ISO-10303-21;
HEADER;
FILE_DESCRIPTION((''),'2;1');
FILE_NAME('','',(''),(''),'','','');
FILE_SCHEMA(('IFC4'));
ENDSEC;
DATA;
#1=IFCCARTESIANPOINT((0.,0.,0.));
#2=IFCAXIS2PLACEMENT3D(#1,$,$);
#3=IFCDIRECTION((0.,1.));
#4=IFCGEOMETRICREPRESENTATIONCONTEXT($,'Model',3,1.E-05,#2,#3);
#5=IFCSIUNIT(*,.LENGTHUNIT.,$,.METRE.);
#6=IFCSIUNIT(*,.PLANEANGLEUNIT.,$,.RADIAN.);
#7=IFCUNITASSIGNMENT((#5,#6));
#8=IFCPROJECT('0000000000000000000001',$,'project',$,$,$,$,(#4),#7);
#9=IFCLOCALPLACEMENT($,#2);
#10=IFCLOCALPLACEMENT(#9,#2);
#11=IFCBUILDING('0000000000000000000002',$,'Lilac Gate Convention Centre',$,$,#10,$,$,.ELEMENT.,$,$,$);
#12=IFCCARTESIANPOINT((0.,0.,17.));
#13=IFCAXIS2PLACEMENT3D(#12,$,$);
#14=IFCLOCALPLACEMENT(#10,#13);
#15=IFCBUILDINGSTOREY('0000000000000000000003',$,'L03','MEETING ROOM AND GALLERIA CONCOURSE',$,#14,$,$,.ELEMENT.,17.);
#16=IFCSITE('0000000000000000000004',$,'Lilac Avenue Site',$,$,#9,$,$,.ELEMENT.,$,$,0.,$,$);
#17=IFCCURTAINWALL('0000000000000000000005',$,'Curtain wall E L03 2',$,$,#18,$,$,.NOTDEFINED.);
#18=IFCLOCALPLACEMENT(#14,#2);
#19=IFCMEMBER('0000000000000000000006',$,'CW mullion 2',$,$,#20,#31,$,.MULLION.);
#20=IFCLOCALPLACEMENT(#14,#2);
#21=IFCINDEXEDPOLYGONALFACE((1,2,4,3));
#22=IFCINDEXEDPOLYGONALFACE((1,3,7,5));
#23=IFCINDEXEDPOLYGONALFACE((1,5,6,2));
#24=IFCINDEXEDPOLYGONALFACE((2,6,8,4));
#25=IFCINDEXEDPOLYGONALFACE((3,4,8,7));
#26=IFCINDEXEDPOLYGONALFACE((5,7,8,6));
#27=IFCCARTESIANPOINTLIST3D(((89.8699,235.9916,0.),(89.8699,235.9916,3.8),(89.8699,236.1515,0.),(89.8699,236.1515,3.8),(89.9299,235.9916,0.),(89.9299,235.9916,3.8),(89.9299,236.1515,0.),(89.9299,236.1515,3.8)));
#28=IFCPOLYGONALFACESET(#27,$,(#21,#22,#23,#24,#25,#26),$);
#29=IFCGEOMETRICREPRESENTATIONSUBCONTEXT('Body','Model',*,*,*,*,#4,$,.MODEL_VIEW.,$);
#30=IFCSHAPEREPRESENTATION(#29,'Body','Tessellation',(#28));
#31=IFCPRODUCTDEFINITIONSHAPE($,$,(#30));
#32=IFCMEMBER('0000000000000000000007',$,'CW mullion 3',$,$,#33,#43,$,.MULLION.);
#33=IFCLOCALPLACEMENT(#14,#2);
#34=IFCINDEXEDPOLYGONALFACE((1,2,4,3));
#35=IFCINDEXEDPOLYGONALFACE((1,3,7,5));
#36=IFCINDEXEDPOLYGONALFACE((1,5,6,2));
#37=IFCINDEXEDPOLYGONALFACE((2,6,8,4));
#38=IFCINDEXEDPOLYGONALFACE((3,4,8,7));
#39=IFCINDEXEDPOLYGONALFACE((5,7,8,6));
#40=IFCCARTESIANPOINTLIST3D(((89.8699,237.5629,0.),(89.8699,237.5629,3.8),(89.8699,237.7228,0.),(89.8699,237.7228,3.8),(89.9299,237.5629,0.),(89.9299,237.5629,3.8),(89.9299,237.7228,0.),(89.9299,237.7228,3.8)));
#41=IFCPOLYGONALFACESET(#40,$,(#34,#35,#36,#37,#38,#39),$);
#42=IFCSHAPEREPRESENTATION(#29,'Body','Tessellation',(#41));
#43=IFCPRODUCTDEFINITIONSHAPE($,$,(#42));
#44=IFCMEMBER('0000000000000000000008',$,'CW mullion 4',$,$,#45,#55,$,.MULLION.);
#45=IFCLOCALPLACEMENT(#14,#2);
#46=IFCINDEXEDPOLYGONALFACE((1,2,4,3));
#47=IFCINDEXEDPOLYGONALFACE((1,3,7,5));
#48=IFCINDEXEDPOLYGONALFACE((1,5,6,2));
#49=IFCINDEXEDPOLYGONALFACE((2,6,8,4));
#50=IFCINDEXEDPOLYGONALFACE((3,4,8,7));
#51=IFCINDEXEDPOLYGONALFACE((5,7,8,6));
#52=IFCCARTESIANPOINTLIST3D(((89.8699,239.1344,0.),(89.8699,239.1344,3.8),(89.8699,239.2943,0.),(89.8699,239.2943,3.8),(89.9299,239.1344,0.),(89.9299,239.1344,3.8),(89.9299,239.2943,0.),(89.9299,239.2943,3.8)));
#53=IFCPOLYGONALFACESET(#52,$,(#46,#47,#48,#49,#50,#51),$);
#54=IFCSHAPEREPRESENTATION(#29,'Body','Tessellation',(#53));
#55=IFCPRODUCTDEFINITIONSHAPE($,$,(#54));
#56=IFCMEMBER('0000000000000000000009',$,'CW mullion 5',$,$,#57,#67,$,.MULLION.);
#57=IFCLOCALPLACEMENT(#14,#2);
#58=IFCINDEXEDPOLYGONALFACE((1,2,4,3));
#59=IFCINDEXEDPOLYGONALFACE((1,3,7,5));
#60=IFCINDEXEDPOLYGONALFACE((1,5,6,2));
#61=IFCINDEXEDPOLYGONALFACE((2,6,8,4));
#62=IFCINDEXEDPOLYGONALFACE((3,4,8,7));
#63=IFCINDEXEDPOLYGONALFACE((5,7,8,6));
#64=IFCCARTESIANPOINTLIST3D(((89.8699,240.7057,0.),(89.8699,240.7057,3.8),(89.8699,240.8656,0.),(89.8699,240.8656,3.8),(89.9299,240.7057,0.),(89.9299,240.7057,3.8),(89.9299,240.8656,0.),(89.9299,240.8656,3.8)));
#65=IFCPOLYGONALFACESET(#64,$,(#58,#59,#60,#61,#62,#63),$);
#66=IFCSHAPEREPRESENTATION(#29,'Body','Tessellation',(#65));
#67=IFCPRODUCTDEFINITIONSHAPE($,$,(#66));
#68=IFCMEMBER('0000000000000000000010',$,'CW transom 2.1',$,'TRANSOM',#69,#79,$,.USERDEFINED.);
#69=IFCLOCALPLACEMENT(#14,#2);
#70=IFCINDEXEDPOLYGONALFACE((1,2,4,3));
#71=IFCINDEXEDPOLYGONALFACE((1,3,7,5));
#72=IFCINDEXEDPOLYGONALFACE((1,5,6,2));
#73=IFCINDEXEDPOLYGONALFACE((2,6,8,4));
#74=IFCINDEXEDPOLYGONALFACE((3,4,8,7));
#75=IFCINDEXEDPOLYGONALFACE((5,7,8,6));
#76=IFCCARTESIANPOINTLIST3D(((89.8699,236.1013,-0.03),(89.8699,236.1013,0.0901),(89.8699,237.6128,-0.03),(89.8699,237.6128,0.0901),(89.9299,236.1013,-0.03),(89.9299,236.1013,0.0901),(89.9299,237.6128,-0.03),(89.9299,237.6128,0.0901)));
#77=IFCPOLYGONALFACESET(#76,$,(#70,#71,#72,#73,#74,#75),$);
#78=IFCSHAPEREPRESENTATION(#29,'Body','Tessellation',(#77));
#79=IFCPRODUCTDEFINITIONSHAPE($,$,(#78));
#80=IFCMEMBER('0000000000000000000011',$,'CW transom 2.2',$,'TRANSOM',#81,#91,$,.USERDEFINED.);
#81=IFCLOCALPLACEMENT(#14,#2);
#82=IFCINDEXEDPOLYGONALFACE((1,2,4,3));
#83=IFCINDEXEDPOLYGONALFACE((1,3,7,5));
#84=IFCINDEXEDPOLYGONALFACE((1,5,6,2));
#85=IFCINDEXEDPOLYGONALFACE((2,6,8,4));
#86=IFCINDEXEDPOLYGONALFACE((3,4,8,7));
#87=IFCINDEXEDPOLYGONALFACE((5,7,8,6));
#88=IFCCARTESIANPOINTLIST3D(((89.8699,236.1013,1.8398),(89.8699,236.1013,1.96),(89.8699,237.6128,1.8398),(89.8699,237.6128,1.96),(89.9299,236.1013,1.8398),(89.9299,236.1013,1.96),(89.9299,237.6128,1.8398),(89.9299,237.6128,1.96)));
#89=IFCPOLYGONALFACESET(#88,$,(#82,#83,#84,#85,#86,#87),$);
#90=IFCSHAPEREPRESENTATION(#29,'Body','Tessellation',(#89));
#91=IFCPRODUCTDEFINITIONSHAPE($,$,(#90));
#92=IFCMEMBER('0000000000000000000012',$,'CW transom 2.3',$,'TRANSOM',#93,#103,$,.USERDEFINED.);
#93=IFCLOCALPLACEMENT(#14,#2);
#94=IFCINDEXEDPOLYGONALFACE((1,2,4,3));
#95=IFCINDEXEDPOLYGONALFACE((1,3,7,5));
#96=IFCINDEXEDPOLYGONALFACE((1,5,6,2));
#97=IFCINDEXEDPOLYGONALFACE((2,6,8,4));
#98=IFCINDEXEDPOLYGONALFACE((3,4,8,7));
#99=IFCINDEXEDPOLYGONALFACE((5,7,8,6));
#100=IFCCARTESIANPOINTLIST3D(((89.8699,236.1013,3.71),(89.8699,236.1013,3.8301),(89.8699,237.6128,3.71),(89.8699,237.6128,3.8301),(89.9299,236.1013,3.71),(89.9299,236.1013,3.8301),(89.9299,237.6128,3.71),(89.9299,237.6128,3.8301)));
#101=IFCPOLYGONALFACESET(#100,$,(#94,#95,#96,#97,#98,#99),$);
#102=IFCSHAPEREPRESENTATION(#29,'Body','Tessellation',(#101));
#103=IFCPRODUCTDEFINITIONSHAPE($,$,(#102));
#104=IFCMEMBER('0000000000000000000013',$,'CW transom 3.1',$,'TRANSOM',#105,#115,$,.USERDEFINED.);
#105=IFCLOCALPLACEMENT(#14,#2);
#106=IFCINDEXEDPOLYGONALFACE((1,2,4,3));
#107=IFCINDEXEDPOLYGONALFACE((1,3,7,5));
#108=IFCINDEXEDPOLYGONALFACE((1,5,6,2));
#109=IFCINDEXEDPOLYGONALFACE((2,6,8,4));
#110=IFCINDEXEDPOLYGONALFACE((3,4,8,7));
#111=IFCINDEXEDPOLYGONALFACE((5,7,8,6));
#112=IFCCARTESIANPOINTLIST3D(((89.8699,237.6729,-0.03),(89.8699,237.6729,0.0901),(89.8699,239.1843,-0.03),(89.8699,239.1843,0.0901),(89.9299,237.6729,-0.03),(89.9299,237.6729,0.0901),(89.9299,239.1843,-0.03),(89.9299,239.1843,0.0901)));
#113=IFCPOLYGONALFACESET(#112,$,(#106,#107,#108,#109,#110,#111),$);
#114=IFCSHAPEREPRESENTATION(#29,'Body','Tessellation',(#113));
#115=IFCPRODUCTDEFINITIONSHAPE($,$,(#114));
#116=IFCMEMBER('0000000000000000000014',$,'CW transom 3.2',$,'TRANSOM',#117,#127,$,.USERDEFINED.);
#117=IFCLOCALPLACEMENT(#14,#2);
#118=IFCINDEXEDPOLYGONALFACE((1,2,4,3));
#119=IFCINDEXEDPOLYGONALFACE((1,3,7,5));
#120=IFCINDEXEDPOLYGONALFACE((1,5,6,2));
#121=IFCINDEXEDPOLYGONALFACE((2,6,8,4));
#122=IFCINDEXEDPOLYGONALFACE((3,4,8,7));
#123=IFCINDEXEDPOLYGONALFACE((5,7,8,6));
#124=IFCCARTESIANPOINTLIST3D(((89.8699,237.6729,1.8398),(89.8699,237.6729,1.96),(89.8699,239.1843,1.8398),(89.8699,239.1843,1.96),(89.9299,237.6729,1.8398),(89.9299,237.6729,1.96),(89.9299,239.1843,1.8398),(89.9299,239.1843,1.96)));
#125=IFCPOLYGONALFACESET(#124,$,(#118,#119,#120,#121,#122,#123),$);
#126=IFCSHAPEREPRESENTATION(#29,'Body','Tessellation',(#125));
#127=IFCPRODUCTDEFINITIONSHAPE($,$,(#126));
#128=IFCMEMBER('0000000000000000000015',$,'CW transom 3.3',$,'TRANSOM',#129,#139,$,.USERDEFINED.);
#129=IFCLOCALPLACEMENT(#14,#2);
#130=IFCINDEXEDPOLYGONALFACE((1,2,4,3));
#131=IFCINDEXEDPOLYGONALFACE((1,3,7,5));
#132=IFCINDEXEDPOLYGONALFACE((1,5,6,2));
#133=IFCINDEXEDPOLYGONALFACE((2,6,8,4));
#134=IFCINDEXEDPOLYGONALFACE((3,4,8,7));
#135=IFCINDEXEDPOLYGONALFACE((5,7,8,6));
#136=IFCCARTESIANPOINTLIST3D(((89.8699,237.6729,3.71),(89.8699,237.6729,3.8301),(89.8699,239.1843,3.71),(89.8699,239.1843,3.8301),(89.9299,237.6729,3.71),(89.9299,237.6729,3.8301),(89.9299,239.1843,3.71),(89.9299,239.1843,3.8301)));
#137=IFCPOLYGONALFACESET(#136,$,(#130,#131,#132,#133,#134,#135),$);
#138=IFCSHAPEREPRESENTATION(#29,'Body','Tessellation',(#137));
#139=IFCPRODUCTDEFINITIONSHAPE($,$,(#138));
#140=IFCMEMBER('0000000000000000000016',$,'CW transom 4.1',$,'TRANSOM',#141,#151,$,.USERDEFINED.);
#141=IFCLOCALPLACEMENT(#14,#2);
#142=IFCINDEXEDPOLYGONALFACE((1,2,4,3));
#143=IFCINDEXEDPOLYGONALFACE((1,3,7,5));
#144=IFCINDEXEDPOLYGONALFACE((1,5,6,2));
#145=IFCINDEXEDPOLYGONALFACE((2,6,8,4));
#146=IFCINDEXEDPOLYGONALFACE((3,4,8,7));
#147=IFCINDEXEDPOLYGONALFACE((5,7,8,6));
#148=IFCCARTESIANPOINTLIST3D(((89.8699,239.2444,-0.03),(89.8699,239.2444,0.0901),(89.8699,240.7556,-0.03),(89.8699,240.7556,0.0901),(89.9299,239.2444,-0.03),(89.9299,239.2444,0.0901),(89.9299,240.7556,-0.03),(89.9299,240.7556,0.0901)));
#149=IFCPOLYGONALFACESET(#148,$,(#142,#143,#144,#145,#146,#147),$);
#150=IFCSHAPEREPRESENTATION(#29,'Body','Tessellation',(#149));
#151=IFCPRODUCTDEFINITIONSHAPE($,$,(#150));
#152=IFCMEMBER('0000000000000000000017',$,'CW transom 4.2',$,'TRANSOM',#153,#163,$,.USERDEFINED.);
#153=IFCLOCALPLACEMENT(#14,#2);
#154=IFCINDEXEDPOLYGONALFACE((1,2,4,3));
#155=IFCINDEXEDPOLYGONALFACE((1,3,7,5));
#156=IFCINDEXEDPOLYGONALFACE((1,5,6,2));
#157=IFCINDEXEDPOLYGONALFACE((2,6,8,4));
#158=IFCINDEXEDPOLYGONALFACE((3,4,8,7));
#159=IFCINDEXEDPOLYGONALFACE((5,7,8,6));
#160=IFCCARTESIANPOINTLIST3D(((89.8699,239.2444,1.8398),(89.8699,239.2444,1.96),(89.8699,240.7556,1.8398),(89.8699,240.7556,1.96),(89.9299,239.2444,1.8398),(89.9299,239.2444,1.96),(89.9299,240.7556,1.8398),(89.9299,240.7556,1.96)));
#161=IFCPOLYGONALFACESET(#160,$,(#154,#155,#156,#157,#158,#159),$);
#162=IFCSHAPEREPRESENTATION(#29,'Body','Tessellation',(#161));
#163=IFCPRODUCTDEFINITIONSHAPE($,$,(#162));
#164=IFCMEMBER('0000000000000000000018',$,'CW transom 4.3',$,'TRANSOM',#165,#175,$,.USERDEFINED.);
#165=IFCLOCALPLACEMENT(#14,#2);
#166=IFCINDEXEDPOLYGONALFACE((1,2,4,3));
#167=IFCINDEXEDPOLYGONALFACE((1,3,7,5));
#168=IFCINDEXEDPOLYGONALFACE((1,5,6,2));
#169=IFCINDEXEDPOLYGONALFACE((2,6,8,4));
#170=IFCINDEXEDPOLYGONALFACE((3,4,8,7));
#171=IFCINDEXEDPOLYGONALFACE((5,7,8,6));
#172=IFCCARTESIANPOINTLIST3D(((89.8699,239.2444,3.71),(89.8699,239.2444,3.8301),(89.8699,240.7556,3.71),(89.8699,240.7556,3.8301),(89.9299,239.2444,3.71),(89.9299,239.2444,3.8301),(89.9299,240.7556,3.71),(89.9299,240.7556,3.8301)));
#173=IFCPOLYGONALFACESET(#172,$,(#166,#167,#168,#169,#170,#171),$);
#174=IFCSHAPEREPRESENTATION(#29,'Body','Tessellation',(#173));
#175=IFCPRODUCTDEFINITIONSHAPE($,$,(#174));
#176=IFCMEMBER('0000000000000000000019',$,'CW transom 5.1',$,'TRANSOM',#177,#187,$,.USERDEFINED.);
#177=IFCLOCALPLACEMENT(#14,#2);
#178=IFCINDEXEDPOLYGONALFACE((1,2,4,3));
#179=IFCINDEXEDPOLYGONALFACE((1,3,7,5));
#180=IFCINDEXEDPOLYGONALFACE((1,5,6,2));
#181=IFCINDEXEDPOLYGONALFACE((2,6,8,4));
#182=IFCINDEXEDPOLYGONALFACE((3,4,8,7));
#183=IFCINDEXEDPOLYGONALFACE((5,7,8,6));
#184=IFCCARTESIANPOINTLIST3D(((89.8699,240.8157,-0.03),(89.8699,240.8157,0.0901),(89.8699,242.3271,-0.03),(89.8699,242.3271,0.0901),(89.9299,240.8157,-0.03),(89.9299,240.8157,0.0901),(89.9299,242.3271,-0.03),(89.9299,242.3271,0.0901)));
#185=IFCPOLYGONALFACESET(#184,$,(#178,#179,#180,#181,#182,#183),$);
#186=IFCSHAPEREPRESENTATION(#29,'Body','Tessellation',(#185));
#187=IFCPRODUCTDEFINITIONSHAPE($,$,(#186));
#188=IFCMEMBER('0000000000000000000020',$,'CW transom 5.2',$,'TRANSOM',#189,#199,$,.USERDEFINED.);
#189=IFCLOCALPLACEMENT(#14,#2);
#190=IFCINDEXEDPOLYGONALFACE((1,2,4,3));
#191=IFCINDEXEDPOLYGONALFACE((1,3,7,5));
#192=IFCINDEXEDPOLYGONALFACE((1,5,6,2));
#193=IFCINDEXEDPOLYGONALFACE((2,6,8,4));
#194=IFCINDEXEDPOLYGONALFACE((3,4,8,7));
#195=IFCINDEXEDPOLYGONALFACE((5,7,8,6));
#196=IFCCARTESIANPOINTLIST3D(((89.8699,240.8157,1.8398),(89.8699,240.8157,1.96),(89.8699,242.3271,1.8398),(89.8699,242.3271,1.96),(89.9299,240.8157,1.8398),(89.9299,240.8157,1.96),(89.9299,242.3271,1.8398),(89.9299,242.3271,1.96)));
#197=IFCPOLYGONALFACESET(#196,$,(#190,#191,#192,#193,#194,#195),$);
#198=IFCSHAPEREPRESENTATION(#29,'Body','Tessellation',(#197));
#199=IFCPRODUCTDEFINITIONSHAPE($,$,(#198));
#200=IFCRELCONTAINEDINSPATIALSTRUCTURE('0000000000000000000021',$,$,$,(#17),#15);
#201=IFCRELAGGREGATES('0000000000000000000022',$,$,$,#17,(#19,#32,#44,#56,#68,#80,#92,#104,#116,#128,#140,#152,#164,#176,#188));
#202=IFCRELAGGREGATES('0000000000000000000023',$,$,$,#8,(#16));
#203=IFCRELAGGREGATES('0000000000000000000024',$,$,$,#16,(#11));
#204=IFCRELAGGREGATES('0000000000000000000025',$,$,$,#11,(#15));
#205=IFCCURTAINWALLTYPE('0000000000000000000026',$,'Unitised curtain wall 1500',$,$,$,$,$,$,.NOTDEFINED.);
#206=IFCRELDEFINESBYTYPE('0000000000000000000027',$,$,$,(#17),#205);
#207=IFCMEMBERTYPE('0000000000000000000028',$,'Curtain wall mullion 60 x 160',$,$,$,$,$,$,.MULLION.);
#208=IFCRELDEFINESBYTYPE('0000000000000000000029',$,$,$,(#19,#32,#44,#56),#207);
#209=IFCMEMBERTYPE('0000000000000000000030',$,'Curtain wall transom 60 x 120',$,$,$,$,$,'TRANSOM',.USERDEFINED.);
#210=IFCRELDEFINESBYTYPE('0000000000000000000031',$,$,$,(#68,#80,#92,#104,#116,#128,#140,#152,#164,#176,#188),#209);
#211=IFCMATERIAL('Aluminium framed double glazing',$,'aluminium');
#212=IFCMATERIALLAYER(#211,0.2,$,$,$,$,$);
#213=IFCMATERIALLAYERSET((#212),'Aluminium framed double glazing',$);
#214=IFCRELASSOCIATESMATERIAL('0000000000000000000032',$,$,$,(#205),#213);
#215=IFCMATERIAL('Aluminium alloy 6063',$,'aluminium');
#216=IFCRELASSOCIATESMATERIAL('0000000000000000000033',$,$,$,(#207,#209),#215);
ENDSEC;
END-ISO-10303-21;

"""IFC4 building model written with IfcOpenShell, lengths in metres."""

from ifc_helpers import new_model, si_unit, direction, frame, origin, origin_2d, place, context, subcontext, project, spatial, rectangle, extrude, material, layer, layer_set, material_profile, profile_set, type_object, element, aggregate, save


model = new_model("IFC4")

# Units and contexts
model_context = context("Model", 3, precision=1e-05, world=origin(), true_north=direction((0.0, 1.0)))
body_context = subcontext(model_context, "Body", "Model", "MODEL_VIEW")
ifc_project = project(units=[si_unit("LENGTHUNIT", "METRE"), si_unit("PLANEANGLEUNIT", "RADIAN")], contexts=[model_context])

# Site, building, storey
site_placement = place(None, origin())
site = spatial("IfcSite", under=ifc_project, at=site_placement, Name="Lilac Avenue Site", CompositionType="ELEMENT", RefElevation=0.0)
building_placement = place(site_placement, origin())
building = spatial("IfcBuilding", under=site, at=building_placement, Name="Lilac Gate Convention Centre", CompositionType="ELEMENT")
storey_placement = place(building_placement, frame((0.0, 0.0, 17.0)))
storey = spatial("IfcBuildingStorey", under=building, at=storey_placement, Name="L03", Description="MEETING ROOM AND GALLERIA CONCOURSE", CompositionType="ELEMENT", Elevation=17.0)

# Curtain wall, members
ifc_material_1 = material(Name="Aluminium framed double glazing", Category="aluminium")
ifc_layer_1 = layer(ifc_material_1, 0.2)
ifc_layer_set_1 = layer_set([ifc_layer_1], Name="Aluminium framed double glazing")
curtain_wall_type = type_object("IfcCurtainWallType", Name="Unitised curtain wall 1500", PredefinedType="NOTDEFINED", material=ifc_layer_set_1)
curtain_wall_placement = place(storey_placement, origin())
curtain_wall = element("IfcCurtainWall", 1, at=curtain_wall_placement, inside=storey, type_object=curtain_wall_type, Name="Curtain wall E L03 2", PredefinedType="NOTDEFINED")
ifc_material_2 = material(Name="Aluminium alloy 6063", Category="aluminium")
ifc_material_profile_1 = material_profile(ifc_material_2, rectangle(XDim=0.0601, YDim=0.1599, at=origin_2d()), Name="Curtain wall mullion 60 x 160")
ifc_profile_set_1 = profile_set([ifc_material_profile_1], Name="Aluminium alloy 6063")
member_type_1 = type_object("IfcMemberType", Name="Curtain wall mullion 60 x 160", PredefinedType="MULLION", material=ifc_profile_set_1)
member_1_placement = place(storey_placement, frame((89.8999, 236.0715, 0.0), z_axis=(0.0, 0.0, 1.0), x_axis=(-1.0, 0.0, 0.0)))
member_1 = element("IfcMember", 2, at=member_1_placement, type_object=member_type_1, Name="CW mullion 2", PredefinedType="MULLION", context=body_context, shape_type="SweptSolid", body=[
    extrude(rectangle(XDim=0.0601, YDim=0.1599, at=origin_2d()), origin(), (0.0, 0.0, 1.0), 3.8),
])
member_2_placement = place(storey_placement, frame((89.8999, 237.6428, 0.0), z_axis=(0.0, 0.0, 1.0), x_axis=(-1.0, 0.0, 0.0)))
member_2 = element("IfcMember", 3, at=member_2_placement, type_object=member_type_1, Name="CW mullion 3", PredefinedType="MULLION", context=body_context, shape_type="SweptSolid", body=[
    extrude(rectangle(XDim=0.0601, YDim=0.1599, at=origin_2d()), origin(), (0.0, 0.0, 1.0), 3.8),
])
member_3_placement = place(storey_placement, frame((89.8999, 239.2144, 0.0), z_axis=(0.0, 0.0, 1.0), x_axis=(-1.0, 0.0, 0.0)))
member_3 = element("IfcMember", 4, at=member_3_placement, type_object=member_type_1, Name="CW mullion 4", PredefinedType="MULLION", context=body_context, shape_type="SweptSolid", body=[
    extrude(rectangle(XDim=0.0601, YDim=0.1599, at=origin_2d()), origin(), (0.0, 0.0, 1.0), 3.8),
])
member_4_placement = place(storey_placement, frame((89.8999, 240.7856, 0.0), z_axis=(0.0, 0.0, 1.0), x_axis=(-1.0, 0.0, 0.0)))
member_4 = element("IfcMember", 5, at=member_4_placement, type_object=member_type_1, Name="CW mullion 5", PredefinedType="MULLION", context=body_context, shape_type="SweptSolid", body=[
    extrude(rectangle(XDim=0.0601, YDim=0.1599, at=origin_2d()), origin(), (0.0, 0.0, 1.0), 3.8),
])
ifc_material_profile_2 = material_profile(ifc_material_2, rectangle(XDim=0.0601, YDim=0.1201, at=origin_2d()), Name="Curtain wall transom 60 x 120")
ifc_profile_set_2 = profile_set([ifc_material_profile_2], Name="Aluminium alloy 6063")
member_type_2 = type_object("IfcMemberType", Name="Curtain wall transom 60 x 120", ElementType="TRANSOM", PredefinedType="USERDEFINED", material=ifc_profile_set_2)
member_5_placement = place(storey_placement, frame((89.8999, 236.1013, 0.03), z_axis=(0.0, 1.0, 0.0), x_axis=(-1.0, 0.0, 0.0)))
member_5 = element("IfcMember", 6, at=member_5_placement, type_object=member_type_2, Name="CW transom 2.1", ObjectType="TRANSOM", PredefinedType="USERDEFINED", context=body_context, shape_type="SweptSolid", body=[
    extrude(rectangle(XDim=0.0601, YDim=0.1201, at=origin_2d()), origin(), (0.0, 0.0, 1.0), 1.5115),
])
member_6_placement = place(storey_placement, frame((89.8999, 236.1013, 1.8999), z_axis=(0.0, 1.0, 0.0), x_axis=(-1.0, 0.0, 0.0)))
member_6 = element("IfcMember", 7, at=member_6_placement, type_object=member_type_2, Name="CW transom 2.2", ObjectType="TRANSOM", PredefinedType="USERDEFINED", context=body_context, shape_type="SweptSolid", body=[
    extrude(rectangle(XDim=0.0601, YDim=0.1201, at=origin_2d()), origin(), (0.0, 0.0, 1.0), 1.5115),
])
member_7_placement = place(storey_placement, frame((89.8999, 236.1013, 3.77), z_axis=(0.0, 1.0, 0.0), x_axis=(-1.0, 0.0, 0.0)))
member_7 = element("IfcMember", 8, at=member_7_placement, type_object=member_type_2, Name="CW transom 2.3", ObjectType="TRANSOM", PredefinedType="USERDEFINED", context=body_context, shape_type="SweptSolid", body=[
    extrude(rectangle(XDim=0.0601, YDim=0.1201, at=origin_2d()), origin(), (0.0, 0.0, 1.0), 1.5115),
])
member_8_placement = place(storey_placement, frame((89.8999, 237.6729, 0.03), z_axis=(0.0, 1.0, 0.0), x_axis=(-1.0, 0.0, 0.0)))
member_8 = element("IfcMember", 9, at=member_8_placement, type_object=member_type_2, Name="CW transom 3.1", ObjectType="TRANSOM", PredefinedType="USERDEFINED", context=body_context, shape_type="SweptSolid", body=[
    extrude(rectangle(XDim=0.0601, YDim=0.1201, at=origin_2d()), origin(), (0.0, 0.0, 1.0), 1.5115),
])
member_9_placement = place(storey_placement, frame((89.8999, 237.6729, 1.8999), z_axis=(0.0, 1.0, 0.0), x_axis=(-1.0, 0.0, 0.0)))
member_9 = element("IfcMember", 10, at=member_9_placement, type_object=member_type_2, Name="CW transom 3.2", ObjectType="TRANSOM", PredefinedType="USERDEFINED", context=body_context, shape_type="SweptSolid", body=[
    extrude(rectangle(XDim=0.0601, YDim=0.1201, at=origin_2d()), origin(), (0.0, 0.0, 1.0), 1.5115),
])
member_10_placement = place(storey_placement, frame((89.8999, 237.6729, 3.77), z_axis=(0.0, 1.0, 0.0), x_axis=(-1.0, 0.0, 0.0)))
member_10 = element("IfcMember", 11, at=member_10_placement, type_object=member_type_2, Name="CW transom 3.3", ObjectType="TRANSOM", PredefinedType="USERDEFINED", context=body_context, shape_type="SweptSolid", body=[
    extrude(rectangle(XDim=0.0601, YDim=0.1201, at=origin_2d()), origin(), (0.0, 0.0, 1.0), 1.5115),
])
member_11_placement = place(storey_placement, frame((89.8999, 239.2444, 0.03), z_axis=(0.0, 1.0, 0.0), x_axis=(-1.0, 0.0, 0.0)))
member_11 = element("IfcMember", 12, at=member_11_placement, type_object=member_type_2, Name="CW transom 4.1", ObjectType="TRANSOM", PredefinedType="USERDEFINED", context=body_context, shape_type="SweptSolid", body=[
    extrude(rectangle(XDim=0.0601, YDim=0.1201, at=origin_2d()), origin(), (0.0, 0.0, 1.0), 1.5112),
])
member_12_placement = place(storey_placement, frame((89.8999, 239.2444, 1.8999), z_axis=(0.0, 1.0, 0.0), x_axis=(-1.0, 0.0, 0.0)))
member_12 = element("IfcMember", 13, at=member_12_placement, type_object=member_type_2, Name="CW transom 4.2", ObjectType="TRANSOM", PredefinedType="USERDEFINED", context=body_context, shape_type="SweptSolid", body=[
    extrude(rectangle(XDim=0.0601, YDim=0.1201, at=origin_2d()), origin(), (0.0, 0.0, 1.0), 1.5112),
])
member_13_placement = place(storey_placement, frame((89.8999, 239.2444, 3.77), z_axis=(0.0, 1.0, 0.0), x_axis=(-1.0, 0.0, 0.0)))
member_13 = element("IfcMember", 14, at=member_13_placement, type_object=member_type_2, Name="CW transom 4.3", ObjectType="TRANSOM", PredefinedType="USERDEFINED", context=body_context, shape_type="SweptSolid", body=[
    extrude(rectangle(XDim=0.0601, YDim=0.1201, at=origin_2d()), origin(), (0.0, 0.0, 1.0), 1.5112),
])
member_14_placement = place(storey_placement, frame((89.8999, 240.8157, 0.03), z_axis=(0.0, 1.0, 0.0), x_axis=(-1.0, 0.0, 0.0)))
member_14 = element("IfcMember", 15, at=member_14_placement, type_object=member_type_2, Name="CW transom 5.1", ObjectType="TRANSOM", PredefinedType="USERDEFINED", context=body_context, shape_type="SweptSolid", body=[
    extrude(rectangle(XDim=0.0601, YDim=0.1201, at=origin_2d()), origin(), (0.0, 0.0, 1.0), 1.5115),
])
member_15_placement = place(storey_placement, frame((89.8999, 240.8157, 1.8999), z_axis=(0.0, 1.0, 0.0), x_axis=(-1.0, 0.0, 0.0)))
member_15 = element("IfcMember", 16, at=member_15_placement, type_object=member_type_2, Name="CW transom 5.2", ObjectType="TRANSOM", PredefinedType="USERDEFINED", context=body_context, shape_type="SweptSolid", body=[
    extrude(rectangle(XDim=0.0601, YDim=0.1201, at=origin_2d()), origin(), (0.0, 0.0, 1.0), 1.5115),
])
aggregate(curtain_wall, [member_1, member_2, member_3, member_4, member_5, member_6, member_7, member_8, member_9, member_10, member_11, member_12, member_13, member_14, member_15])

save(model, "model.ifc")
